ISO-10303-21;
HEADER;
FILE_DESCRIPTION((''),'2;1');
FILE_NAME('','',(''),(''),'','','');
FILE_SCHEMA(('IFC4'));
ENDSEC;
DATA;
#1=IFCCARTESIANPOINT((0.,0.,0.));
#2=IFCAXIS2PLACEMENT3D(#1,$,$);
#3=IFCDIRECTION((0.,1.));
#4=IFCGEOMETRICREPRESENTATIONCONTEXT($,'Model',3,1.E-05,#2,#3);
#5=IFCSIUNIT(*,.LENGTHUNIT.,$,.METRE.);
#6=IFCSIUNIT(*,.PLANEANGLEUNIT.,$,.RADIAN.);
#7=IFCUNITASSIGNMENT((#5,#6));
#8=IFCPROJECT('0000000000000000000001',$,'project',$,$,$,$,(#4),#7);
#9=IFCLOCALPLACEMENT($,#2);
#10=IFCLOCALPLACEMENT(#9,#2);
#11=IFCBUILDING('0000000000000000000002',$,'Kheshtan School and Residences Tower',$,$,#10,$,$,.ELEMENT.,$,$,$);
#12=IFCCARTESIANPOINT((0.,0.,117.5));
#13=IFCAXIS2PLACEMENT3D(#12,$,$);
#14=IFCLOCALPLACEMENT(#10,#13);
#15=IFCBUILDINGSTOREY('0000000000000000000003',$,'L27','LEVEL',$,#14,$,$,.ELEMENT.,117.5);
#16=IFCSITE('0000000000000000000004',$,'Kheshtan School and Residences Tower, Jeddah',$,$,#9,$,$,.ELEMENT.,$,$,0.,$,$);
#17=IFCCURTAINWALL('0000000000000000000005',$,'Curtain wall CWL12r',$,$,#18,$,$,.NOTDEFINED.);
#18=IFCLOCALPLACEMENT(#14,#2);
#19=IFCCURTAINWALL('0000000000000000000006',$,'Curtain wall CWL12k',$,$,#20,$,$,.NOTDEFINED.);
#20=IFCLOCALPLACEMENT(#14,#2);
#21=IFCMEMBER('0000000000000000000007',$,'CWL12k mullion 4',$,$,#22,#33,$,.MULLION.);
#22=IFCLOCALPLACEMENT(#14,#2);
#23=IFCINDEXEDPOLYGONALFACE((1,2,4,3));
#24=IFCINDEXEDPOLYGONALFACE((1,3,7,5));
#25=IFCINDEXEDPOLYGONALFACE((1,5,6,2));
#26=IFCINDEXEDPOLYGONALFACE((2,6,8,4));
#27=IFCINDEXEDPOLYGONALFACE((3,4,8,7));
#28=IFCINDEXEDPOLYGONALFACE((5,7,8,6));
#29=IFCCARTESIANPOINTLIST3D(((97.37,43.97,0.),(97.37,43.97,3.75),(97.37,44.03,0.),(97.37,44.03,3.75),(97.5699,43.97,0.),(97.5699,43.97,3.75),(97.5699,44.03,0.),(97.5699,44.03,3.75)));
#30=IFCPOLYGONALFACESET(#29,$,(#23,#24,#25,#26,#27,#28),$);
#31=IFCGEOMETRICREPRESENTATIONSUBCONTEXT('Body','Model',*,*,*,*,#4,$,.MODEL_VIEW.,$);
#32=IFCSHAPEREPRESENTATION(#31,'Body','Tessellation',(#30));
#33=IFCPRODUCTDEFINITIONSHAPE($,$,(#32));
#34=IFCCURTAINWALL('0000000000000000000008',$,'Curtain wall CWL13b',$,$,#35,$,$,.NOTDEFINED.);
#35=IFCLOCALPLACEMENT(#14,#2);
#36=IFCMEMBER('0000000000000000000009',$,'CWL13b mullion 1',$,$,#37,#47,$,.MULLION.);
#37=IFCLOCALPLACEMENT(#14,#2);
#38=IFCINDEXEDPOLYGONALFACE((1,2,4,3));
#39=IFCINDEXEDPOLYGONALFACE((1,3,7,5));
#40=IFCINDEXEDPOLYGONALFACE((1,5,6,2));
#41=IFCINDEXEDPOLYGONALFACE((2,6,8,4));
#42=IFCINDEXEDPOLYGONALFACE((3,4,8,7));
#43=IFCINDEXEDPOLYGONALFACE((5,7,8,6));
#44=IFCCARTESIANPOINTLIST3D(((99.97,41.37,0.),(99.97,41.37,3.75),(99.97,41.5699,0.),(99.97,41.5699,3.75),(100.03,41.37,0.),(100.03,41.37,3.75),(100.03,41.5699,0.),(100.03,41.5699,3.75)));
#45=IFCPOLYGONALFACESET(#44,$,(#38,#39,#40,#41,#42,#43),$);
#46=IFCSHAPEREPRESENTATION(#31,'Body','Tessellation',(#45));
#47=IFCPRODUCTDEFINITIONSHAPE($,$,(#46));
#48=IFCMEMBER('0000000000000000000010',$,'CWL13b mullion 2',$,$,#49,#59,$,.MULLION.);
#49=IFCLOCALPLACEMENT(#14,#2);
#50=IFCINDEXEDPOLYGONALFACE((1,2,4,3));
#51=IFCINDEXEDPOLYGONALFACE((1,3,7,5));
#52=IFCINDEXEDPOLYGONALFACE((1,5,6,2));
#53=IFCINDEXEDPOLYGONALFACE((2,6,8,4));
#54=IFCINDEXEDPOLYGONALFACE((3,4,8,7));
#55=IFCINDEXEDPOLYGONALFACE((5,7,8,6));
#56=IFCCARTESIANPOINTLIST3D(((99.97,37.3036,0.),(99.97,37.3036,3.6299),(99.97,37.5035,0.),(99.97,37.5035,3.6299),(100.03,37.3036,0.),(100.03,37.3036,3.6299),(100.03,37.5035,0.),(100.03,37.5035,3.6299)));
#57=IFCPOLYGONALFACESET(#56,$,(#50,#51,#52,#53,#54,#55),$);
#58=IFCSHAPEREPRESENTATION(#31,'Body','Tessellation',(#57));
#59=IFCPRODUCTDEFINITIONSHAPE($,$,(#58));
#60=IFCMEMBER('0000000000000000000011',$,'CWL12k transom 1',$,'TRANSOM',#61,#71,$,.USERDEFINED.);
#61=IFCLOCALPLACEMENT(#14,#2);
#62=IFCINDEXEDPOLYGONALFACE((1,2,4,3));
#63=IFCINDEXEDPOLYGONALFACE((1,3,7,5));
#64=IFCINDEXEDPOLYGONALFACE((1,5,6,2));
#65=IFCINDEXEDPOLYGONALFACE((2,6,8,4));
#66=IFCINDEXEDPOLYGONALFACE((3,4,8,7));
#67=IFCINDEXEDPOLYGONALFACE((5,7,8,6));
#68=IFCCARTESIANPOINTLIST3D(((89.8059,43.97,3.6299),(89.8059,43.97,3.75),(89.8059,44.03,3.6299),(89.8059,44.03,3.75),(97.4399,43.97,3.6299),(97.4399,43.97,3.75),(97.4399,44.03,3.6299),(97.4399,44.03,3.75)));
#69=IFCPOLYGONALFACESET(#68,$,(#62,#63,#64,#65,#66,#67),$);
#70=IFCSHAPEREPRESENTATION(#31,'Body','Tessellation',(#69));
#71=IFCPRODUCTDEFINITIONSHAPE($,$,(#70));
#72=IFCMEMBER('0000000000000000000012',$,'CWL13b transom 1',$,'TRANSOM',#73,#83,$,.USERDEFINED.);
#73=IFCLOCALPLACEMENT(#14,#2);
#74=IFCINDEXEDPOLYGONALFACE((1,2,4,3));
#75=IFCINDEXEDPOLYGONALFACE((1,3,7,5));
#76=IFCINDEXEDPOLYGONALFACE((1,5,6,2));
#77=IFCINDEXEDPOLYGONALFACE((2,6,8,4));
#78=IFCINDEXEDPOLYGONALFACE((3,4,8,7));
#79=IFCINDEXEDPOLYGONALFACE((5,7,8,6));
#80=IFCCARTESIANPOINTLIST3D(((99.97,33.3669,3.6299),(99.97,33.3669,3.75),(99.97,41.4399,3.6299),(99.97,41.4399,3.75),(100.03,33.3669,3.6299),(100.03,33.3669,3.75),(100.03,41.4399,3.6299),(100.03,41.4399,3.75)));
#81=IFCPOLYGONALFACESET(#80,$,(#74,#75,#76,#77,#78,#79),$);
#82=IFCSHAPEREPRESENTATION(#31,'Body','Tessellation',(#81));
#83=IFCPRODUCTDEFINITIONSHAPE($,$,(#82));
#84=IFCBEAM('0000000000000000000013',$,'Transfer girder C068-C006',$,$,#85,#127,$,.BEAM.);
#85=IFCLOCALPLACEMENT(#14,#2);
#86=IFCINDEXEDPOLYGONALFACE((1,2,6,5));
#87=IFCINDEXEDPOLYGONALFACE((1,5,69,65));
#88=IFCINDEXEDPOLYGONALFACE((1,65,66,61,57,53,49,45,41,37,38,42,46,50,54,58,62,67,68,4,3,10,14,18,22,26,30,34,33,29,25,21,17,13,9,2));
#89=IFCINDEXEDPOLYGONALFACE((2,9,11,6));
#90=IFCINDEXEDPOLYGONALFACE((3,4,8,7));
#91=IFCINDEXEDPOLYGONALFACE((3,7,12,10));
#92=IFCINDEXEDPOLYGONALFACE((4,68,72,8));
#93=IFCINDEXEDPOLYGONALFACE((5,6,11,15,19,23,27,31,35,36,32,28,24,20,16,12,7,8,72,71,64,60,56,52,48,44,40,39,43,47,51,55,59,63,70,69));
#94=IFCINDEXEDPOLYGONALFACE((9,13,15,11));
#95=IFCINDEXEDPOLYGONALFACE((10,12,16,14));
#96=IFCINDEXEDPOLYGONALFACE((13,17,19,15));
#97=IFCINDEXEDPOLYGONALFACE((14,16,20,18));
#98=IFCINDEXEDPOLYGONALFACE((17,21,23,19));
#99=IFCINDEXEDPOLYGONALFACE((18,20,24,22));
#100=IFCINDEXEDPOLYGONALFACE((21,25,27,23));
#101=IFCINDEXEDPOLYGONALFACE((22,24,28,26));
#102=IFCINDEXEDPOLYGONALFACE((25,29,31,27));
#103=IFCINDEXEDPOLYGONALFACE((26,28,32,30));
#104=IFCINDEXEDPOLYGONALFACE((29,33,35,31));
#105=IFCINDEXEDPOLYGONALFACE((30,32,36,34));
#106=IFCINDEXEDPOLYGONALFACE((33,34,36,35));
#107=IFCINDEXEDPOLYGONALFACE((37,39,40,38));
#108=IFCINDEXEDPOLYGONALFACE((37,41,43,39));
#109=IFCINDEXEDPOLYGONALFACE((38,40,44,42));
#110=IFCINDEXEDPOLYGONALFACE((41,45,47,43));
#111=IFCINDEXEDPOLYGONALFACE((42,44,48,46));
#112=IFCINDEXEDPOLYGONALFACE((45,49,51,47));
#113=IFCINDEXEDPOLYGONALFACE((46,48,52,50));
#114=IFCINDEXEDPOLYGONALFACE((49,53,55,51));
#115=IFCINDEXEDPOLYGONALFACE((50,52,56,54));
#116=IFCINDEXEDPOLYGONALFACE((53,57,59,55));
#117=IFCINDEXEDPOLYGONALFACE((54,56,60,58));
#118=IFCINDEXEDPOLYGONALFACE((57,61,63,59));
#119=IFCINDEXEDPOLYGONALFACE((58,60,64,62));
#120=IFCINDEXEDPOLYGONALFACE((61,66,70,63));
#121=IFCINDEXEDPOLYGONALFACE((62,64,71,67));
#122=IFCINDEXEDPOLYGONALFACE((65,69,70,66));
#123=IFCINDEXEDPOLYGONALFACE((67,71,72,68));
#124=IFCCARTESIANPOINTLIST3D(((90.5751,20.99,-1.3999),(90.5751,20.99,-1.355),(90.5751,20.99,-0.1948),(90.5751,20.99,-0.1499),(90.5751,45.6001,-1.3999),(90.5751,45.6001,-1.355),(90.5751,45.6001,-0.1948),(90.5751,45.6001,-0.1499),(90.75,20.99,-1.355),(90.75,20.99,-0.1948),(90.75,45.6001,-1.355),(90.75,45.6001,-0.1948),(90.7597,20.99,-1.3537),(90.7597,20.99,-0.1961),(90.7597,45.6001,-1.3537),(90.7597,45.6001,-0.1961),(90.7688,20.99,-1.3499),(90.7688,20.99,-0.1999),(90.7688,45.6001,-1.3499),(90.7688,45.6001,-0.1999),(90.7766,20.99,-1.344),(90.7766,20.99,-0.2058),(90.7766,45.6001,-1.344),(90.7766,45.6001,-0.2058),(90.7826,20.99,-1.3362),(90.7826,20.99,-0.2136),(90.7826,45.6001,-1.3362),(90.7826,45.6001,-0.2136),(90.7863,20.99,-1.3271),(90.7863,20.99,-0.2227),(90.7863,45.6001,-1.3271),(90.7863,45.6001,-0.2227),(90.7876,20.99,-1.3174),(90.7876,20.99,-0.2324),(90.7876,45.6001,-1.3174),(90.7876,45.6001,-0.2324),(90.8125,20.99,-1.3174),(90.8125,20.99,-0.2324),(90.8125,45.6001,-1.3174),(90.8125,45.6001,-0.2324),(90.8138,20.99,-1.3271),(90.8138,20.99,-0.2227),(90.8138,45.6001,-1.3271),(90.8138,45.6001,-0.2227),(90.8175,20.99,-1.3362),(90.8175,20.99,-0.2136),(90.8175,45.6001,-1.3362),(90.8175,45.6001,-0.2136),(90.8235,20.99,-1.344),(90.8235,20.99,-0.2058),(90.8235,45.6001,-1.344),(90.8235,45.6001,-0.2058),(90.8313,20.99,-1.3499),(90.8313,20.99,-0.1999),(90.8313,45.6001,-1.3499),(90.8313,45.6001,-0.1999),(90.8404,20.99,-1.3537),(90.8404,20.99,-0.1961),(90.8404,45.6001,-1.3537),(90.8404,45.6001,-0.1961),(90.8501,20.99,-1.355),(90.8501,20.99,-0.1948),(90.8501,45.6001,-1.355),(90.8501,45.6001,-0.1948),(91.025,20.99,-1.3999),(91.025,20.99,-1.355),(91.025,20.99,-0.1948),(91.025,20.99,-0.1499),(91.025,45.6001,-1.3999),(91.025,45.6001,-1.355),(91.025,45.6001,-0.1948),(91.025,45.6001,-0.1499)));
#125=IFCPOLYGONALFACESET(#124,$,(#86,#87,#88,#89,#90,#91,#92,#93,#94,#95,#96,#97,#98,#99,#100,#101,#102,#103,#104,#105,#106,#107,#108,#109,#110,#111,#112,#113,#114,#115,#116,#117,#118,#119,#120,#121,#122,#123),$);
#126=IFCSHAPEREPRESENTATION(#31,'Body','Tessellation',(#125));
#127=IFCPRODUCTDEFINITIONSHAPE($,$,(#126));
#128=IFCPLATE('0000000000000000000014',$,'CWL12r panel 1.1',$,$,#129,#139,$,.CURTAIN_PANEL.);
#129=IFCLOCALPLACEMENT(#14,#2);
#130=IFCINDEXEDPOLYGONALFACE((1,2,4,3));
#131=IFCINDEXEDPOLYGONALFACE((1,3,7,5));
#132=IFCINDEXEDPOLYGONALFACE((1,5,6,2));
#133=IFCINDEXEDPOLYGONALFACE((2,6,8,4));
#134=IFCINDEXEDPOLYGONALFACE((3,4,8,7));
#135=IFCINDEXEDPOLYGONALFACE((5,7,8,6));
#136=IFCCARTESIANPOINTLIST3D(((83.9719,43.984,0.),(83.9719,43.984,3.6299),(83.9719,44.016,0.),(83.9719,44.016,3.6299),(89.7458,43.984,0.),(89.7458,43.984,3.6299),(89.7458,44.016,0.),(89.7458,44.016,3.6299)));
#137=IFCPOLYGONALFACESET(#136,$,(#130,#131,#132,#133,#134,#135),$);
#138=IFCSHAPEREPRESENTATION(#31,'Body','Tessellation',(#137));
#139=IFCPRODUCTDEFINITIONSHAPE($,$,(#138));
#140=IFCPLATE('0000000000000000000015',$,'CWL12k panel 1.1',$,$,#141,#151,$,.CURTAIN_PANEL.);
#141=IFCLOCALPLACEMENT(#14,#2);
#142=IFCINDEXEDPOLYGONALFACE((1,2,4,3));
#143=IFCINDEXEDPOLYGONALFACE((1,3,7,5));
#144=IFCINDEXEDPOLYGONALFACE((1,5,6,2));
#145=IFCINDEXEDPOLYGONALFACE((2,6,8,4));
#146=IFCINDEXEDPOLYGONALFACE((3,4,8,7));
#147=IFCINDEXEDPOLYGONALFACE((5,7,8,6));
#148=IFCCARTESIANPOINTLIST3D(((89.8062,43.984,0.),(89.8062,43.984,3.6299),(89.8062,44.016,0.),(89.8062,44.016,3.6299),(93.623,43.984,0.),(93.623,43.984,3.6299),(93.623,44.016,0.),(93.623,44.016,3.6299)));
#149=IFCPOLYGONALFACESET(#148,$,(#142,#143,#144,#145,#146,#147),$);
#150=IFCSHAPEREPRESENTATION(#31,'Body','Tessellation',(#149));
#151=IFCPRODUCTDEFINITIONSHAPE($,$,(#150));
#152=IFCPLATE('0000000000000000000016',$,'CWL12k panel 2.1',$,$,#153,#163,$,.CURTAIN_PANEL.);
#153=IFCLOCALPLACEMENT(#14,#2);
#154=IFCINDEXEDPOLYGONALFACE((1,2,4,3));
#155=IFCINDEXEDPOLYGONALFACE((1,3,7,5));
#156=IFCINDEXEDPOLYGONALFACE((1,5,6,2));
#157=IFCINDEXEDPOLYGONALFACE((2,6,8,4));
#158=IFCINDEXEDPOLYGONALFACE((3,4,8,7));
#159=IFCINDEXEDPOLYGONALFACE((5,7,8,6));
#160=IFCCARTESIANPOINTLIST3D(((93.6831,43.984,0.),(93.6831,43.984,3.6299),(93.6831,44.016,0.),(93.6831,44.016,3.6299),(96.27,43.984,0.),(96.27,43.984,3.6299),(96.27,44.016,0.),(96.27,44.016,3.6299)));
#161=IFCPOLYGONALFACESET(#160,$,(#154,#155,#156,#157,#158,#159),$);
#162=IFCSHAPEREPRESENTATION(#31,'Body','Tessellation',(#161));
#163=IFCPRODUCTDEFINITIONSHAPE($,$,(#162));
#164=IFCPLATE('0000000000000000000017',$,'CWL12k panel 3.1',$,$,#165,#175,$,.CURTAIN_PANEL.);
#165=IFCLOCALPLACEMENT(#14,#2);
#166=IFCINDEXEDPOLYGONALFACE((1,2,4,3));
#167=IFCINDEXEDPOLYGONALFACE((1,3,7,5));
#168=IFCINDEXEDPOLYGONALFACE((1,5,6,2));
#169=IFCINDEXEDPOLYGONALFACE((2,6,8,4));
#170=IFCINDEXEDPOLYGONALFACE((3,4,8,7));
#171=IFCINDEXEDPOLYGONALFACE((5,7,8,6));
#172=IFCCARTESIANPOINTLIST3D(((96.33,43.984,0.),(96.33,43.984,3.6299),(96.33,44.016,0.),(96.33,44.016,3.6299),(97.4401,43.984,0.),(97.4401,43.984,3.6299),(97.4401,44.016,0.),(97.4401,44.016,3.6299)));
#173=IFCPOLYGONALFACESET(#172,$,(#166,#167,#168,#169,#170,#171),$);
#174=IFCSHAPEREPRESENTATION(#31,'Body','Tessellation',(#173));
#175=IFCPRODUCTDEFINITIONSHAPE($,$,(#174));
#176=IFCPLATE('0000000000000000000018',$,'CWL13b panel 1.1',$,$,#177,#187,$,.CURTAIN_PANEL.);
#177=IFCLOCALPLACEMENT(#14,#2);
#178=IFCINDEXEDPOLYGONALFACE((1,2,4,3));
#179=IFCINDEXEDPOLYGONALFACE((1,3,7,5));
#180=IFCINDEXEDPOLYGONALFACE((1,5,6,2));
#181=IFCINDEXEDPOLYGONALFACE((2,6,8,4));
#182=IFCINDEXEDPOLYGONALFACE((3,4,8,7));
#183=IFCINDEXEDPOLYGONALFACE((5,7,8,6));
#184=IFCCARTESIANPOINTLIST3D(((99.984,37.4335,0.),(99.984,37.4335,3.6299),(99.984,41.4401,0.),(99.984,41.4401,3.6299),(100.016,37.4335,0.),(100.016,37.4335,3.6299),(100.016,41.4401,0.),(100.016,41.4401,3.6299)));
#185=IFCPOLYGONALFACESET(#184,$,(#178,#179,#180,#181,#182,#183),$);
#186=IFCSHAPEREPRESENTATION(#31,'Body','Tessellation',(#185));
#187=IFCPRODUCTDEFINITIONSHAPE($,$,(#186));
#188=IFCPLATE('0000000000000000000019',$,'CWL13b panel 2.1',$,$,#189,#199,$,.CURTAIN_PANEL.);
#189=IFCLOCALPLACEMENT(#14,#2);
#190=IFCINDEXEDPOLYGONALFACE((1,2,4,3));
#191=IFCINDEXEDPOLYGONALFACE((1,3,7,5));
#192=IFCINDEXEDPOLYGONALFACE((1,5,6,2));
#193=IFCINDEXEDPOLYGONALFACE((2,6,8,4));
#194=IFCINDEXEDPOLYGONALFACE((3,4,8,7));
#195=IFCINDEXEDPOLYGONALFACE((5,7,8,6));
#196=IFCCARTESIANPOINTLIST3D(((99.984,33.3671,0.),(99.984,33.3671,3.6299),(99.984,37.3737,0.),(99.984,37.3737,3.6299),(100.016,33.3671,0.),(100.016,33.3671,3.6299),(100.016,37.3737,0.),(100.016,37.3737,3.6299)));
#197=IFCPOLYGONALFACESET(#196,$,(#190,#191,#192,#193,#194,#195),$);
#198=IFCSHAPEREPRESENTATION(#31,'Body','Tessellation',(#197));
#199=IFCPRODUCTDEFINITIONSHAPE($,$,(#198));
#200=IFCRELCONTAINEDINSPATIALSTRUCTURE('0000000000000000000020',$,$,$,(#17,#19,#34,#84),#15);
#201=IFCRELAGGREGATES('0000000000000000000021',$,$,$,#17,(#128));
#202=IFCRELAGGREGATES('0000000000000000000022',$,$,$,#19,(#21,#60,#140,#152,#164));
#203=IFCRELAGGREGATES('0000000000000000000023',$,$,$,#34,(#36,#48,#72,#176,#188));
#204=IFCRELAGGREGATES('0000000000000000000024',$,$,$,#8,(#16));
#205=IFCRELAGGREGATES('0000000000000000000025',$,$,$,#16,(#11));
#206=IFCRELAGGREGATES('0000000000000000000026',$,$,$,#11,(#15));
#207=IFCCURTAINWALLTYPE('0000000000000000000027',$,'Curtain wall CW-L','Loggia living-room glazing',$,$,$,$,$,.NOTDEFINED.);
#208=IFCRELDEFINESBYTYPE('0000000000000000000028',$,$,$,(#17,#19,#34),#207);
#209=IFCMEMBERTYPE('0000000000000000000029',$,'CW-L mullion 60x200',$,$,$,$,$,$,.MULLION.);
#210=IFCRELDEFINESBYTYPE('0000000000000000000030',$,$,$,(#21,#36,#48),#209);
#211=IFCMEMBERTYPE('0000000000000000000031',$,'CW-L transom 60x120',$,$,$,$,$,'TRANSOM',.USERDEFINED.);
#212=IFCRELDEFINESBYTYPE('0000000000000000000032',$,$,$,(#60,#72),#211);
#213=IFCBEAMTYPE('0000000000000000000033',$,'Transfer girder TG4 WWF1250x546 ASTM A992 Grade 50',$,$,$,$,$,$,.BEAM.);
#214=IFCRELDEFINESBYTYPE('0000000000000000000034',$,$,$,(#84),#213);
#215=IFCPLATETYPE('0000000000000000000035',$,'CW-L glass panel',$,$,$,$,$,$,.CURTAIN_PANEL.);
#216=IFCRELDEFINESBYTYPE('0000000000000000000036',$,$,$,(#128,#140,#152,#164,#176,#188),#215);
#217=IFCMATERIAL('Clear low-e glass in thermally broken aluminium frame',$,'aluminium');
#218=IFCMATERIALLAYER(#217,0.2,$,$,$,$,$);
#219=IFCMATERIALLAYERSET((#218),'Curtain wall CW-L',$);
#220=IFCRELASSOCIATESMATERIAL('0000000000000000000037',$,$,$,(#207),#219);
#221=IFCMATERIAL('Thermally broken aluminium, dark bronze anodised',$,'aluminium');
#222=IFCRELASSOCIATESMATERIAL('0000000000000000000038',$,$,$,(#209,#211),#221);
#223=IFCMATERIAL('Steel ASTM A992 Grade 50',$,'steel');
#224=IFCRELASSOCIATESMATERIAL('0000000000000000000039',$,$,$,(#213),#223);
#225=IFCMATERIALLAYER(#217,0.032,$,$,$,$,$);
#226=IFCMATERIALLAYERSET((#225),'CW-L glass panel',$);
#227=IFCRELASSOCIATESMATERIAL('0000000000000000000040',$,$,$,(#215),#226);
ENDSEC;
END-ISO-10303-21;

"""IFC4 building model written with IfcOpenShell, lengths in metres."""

from ifc_helpers import new_model, si_unit, direction, frame, origin, origin_2d, place, context, subcontext, project, spatial, rectangle, i_section, extrude, material, layer, layer_set, material_profile, profile_set, type_object, element, aggregate, save


model = new_model("IFC4")

# Units and contexts
model_context = context("Model", 3, precision=1e-05, world=origin(), true_north=direction((0.0, 1.0)))
body_context = subcontext(model_context, "Body", "Model", "MODEL_VIEW")
ifc_project = project(units=[si_unit("LENGTHUNIT", "METRE"), si_unit("PLANEANGLEUNIT", "RADIAN")], contexts=[model_context])

# Site, building, storey
site_placement = place(None, origin())
site = spatial("IfcSite", under=ifc_project, at=site_placement, Name="Kheshtan School and Residences Tower, Jeddah", CompositionType="ELEMENT", RefElevation=0.0)
building_placement = place(site_placement, origin())
building = spatial("IfcBuilding", under=site, at=building_placement, Name="Kheshtan School and Residences Tower", CompositionType="ELEMENT")
storey_placement = place(building_placement, frame((0.0, 0.0, 117.5)))
storey = spatial("IfcBuildingStorey", under=building, at=storey_placement, Name="L27", Description="LEVEL", CompositionType="ELEMENT", Elevation=117.5)

# Shared definitions
ifc_material_1 = material(Name="Steel ASTM A992 Grade 50", Category="steel")

# Curtain wall
ifc_material_2 = material(Name="Clear low-e glass in thermally broken aluminium frame", Category="aluminium")
ifc_layer_1 = layer(ifc_material_2, 0.2)
ifc_layer_set_1 = layer_set([ifc_layer_1], Name="Curtain wall CW-L")
curtain_wall_type = type_object("IfcCurtainWallType", Name="Curtain wall CW-L", Description="Loggia living-room glazing", PredefinedType="NOTDEFINED", material=ifc_layer_set_1)
curtain_wall_1_placement = place(storey_placement, origin())
curtain_wall_1 = element("IfcCurtainWall", 1, at=curtain_wall_1_placement, inside=storey, type_object=curtain_wall_type, Name="Curtain wall CWL12r", PredefinedType="NOTDEFINED")
ifc_material_3 = material(Name="Thermally broken aluminium, dark bronze anodised", Category="aluminium")
ifc_material_profile_1 = material_profile(ifc_material_3, rectangle(XDim=0.0601, YDim=0.2, at=origin_2d()), Name="CW-L mullion 60x200")
ifc_profile_set_1 = profile_set([ifc_material_profile_1], Name="Thermally broken aluminium, dark bronze anodised")
member_type_1 = type_object("IfcMemberType", Name="CW-L mullion 60x200", PredefinedType="MULLION", material=ifc_profile_set_1)

# Curtain walls, members
curtain_wall_2_placement = place(storey_placement, origin())
curtain_wall_2 = element("IfcCurtainWall", 2, at=curtain_wall_2_placement, inside=storey, type_object=curtain_wall_type, Name="Curtain wall CWL12k", PredefinedType="NOTDEFINED")
member_1_placement = place(storey_placement, frame((97.47, 44.0, 0.0), z_axis=(0.0, 0.0, 1.0), x_axis=(0.0, 1.0, 0.0)))
member_1 = element("IfcMember", 3, at=member_1_placement, type_object=member_type_1, Name="CWL12k mullion 4", PredefinedType="MULLION", context=body_context, shape_type="SweptSolid", body=[
    extrude(rectangle(XDim=0.0601, YDim=0.2, at=origin_2d()), origin(), (0.0, 0.0, 1.0), 3.75),
])
curtain_wall_3_placement = place(storey_placement, origin())
curtain_wall_3 = element("IfcCurtainWall", 4, at=curtain_wall_3_placement, inside=storey, type_object=curtain_wall_type, Name="Curtain wall CWL13b", PredefinedType="NOTDEFINED")
member_2_placement = place(storey_placement, frame((100.0, 41.47, 0.0), z_axis=(0.0, 0.0, 1.0), x_axis=(1.0, 0.0, 0.0)))
member_2 = element("IfcMember", 5, at=member_2_placement, type_object=member_type_1, Name="CWL13b mullion 1", PredefinedType="MULLION", context=body_context, shape_type="SweptSolid", body=[
    extrude(rectangle(XDim=0.0601, YDim=0.2, at=origin_2d()), origin(), (0.0, 0.0, 1.0), 3.75),
])
member_3_placement = place(storey_placement, frame((100.0, 37.4036, 0.0), z_axis=(0.0, 0.0, 1.0), x_axis=(1.0, 0.0, 0.0)))
member_3 = element("IfcMember", 6, at=member_3_placement, type_object=member_type_1, Name="CWL13b mullion 2", PredefinedType="MULLION", context=body_context, shape_type="SweptSolid", body=[
    extrude(rectangle(XDim=0.0601, YDim=0.2, at=origin_2d()), origin(), (0.0, 0.0, 1.0), 3.6299),
])

# Members
ifc_material_profile_2 = material_profile(ifc_material_3, rectangle(XDim=0.0601, YDim=0.1201, at=origin_2d()), Name="CW-L transom 60x120")
ifc_profile_set_2 = profile_set([ifc_material_profile_2], Name="Thermally broken aluminium, dark bronze anodised")
member_type_2 = type_object("IfcMemberType", Name="CW-L transom 60x120", ElementType="TRANSOM", PredefinedType="USERDEFINED", material=ifc_profile_set_2)
member_4_placement = place(storey_placement, frame((89.8059, 44.0, 3.6899), z_axis=(1.0, 0.0, 0.0), x_axis=(0.0, 1.0, 0.0)))
member_4 = element("IfcMember", 7, at=member_4_placement, type_object=member_type_2, Name="CWL12k transom 1", ObjectType="TRANSOM", PredefinedType="USERDEFINED", context=body_context, shape_type="SweptSolid", body=[
    extrude(rectangle(XDim=0.0601, YDim=0.1201, at=origin_2d()), origin(), (0.0, 0.0, 1.0), 7.634),
])
member_5_placement = place(storey_placement, frame((100.0, 41.4399, 3.6899), z_axis=(0.0, -1.0, 0.0), x_axis=(1.0, 0.0, 0.0)))
member_5 = element("IfcMember", 8, at=member_5_placement, type_object=member_type_2, Name="CWL13b transom 1", ObjectType="TRANSOM", PredefinedType="USERDEFINED", context=body_context, shape_type="SweptSolid", body=[
    extrude(rectangle(XDim=0.0601, YDim=0.1201, at=origin_2d()), origin(), (0.0, 0.0, 1.0), 8.073),
])

# Beam
ifc_material_profile_3 = material_profile(ifc_material_1, i_section(OverallWidth=0.45, OverallDepth=1.25, WebThickness=0.0249, FlangeThickness=0.0449, FilletRadius=0.0376, at=origin_2d()), Name="WWF1250x546")
ifc_profile_set_3 = profile_set([ifc_material_profile_3], Name="Steel ASTM A992 Grade 50")
beam_type_1 = type_object("IfcBeamType", Name="Transfer girder TG4 WWF1250x546 ASTM A992 Grade 50", PredefinedType="BEAM", material=ifc_profile_set_3)
beam_1_placement = place(storey_placement, frame((90.8, 45.6001, -0.7749), z_axis=(0.0, -1.0, 0.0), x_axis=(1.0, 0.0, 0.0)))
element("IfcBeam", 9, at=beam_1_placement, inside=storey, type_object=beam_type_1, Name="Transfer girder C068-C006", PredefinedType="BEAM", context=body_context, shape_type="SweptSolid", body=[
    extrude(i_section(OverallWidth=0.45, OverallDepth=1.25, WebThickness=0.0249, FlangeThickness=0.0449, FilletRadius=0.0376, at=origin_2d()), origin(), (0.0, 0.0, 1.0), 24.6101),
])

# Plates
ifc_layer_2 = layer(ifc_material_2, 0.032)
ifc_layer_set_2 = layer_set([ifc_layer_2], Name="CW-L glass panel")
plate_type = type_object("IfcPlateType", Name="CW-L glass panel", PredefinedType="CURTAIN_PANEL", material=ifc_layer_set_2)
plate_1_placement = place(storey_placement, frame((86.8589, 44.0, 0.0), z_axis=(0.0, 0.0, 1.0), x_axis=(1.0, 0.0, 0.0)))
plate_1 = element("IfcPlate", 10, at=plate_1_placement, type_object=plate_type, Name="CWL12r panel 1.1", PredefinedType="CURTAIN_PANEL", context=body_context, shape_type="SweptSolid", body=[
    extrude(rectangle(XDim=5.7739, YDim=0.032, at=origin_2d()), origin(), (0.0, 0.0, 1.0), 3.6299),
])
aggregate(curtain_wall_1, [plate_1])
plate_2_placement = place(storey_placement, frame((91.7146, 44.0, 0.0), z_axis=(0.0, 0.0, 1.0), x_axis=(1.0, 0.0, 0.0)))
plate_2 = element("IfcPlate", 11, at=plate_2_placement, type_object=plate_type, Name="CWL12k panel 1.1", PredefinedType="CURTAIN_PANEL", context=body_context, shape_type="SweptSolid", body=[
    extrude(rectangle(XDim=3.8169, YDim=0.032, at=origin_2d()), origin(), (0.0, 0.0, 1.0), 3.6299),
])
plate_3_placement = place(storey_placement, frame((94.9766, 44.0, 0.0), z_axis=(0.0, 0.0, 1.0), x_axis=(1.0, 0.0, 0.0)))
plate_3 = element("IfcPlate", 12, at=plate_3_placement, type_object=plate_type, Name="CWL12k panel 2.1", PredefinedType="CURTAIN_PANEL", context=body_context, shape_type="SweptSolid", body=[
    extrude(rectangle(XDim=2.5869, YDim=0.032, at=origin_2d()), origin(), (0.0, 0.0, 1.0), 3.6299),
])
plate_4_placement = place(storey_placement, frame((96.885, 44.0, 0.0), z_axis=(0.0, 0.0, 1.0), x_axis=(1.0, 0.0, 0.0)))
plate_4 = element("IfcPlate", 13, at=plate_4_placement, type_object=plate_type, Name="CWL12k panel 3.1", PredefinedType="CURTAIN_PANEL", context=body_context, shape_type="SweptSolid", body=[
    extrude(rectangle(XDim=1.1101, YDim=0.032, at=origin_2d()), origin(), (0.0, 0.0, 1.0), 3.6299),
])
aggregate(curtain_wall_2, [member_1, member_4, plate_2, plate_3, plate_4])
plate_5_placement = place(storey_placement, frame((100.0, 39.4368, 0.0), z_axis=(0.0, 0.0, 1.0), x_axis=(0.0, -1.0, 0.0)))
plate_5 = element("IfcPlate", 14, at=plate_5_placement, type_object=plate_type, Name="CWL13b panel 1.1", PredefinedType="CURTAIN_PANEL", context=body_context, shape_type="SweptSolid", body=[
    extrude(rectangle(XDim=4.0066, YDim=0.032, at=origin_2d()), origin(), (0.0, 0.0, 1.0), 3.6299),
])
plate_6_placement = place(storey_placement, frame((100.0, 35.3704, 0.0), z_axis=(0.0, 0.0, 1.0), x_axis=(0.0, -1.0, 0.0)))
plate_6 = element("IfcPlate", 15, at=plate_6_placement, type_object=plate_type, Name="CWL13b panel 2.1", PredefinedType="CURTAIN_PANEL", context=body_context, shape_type="SweptSolid", body=[
    extrude(rectangle(XDim=4.0066, YDim=0.032, at=origin_2d()), origin(), (0.0, 0.0, 1.0), 3.6299),
])
aggregate(curtain_wall_3, [member_2, member_3, member_5, plate_5, plate_6])

save(model, "model.ifc")
